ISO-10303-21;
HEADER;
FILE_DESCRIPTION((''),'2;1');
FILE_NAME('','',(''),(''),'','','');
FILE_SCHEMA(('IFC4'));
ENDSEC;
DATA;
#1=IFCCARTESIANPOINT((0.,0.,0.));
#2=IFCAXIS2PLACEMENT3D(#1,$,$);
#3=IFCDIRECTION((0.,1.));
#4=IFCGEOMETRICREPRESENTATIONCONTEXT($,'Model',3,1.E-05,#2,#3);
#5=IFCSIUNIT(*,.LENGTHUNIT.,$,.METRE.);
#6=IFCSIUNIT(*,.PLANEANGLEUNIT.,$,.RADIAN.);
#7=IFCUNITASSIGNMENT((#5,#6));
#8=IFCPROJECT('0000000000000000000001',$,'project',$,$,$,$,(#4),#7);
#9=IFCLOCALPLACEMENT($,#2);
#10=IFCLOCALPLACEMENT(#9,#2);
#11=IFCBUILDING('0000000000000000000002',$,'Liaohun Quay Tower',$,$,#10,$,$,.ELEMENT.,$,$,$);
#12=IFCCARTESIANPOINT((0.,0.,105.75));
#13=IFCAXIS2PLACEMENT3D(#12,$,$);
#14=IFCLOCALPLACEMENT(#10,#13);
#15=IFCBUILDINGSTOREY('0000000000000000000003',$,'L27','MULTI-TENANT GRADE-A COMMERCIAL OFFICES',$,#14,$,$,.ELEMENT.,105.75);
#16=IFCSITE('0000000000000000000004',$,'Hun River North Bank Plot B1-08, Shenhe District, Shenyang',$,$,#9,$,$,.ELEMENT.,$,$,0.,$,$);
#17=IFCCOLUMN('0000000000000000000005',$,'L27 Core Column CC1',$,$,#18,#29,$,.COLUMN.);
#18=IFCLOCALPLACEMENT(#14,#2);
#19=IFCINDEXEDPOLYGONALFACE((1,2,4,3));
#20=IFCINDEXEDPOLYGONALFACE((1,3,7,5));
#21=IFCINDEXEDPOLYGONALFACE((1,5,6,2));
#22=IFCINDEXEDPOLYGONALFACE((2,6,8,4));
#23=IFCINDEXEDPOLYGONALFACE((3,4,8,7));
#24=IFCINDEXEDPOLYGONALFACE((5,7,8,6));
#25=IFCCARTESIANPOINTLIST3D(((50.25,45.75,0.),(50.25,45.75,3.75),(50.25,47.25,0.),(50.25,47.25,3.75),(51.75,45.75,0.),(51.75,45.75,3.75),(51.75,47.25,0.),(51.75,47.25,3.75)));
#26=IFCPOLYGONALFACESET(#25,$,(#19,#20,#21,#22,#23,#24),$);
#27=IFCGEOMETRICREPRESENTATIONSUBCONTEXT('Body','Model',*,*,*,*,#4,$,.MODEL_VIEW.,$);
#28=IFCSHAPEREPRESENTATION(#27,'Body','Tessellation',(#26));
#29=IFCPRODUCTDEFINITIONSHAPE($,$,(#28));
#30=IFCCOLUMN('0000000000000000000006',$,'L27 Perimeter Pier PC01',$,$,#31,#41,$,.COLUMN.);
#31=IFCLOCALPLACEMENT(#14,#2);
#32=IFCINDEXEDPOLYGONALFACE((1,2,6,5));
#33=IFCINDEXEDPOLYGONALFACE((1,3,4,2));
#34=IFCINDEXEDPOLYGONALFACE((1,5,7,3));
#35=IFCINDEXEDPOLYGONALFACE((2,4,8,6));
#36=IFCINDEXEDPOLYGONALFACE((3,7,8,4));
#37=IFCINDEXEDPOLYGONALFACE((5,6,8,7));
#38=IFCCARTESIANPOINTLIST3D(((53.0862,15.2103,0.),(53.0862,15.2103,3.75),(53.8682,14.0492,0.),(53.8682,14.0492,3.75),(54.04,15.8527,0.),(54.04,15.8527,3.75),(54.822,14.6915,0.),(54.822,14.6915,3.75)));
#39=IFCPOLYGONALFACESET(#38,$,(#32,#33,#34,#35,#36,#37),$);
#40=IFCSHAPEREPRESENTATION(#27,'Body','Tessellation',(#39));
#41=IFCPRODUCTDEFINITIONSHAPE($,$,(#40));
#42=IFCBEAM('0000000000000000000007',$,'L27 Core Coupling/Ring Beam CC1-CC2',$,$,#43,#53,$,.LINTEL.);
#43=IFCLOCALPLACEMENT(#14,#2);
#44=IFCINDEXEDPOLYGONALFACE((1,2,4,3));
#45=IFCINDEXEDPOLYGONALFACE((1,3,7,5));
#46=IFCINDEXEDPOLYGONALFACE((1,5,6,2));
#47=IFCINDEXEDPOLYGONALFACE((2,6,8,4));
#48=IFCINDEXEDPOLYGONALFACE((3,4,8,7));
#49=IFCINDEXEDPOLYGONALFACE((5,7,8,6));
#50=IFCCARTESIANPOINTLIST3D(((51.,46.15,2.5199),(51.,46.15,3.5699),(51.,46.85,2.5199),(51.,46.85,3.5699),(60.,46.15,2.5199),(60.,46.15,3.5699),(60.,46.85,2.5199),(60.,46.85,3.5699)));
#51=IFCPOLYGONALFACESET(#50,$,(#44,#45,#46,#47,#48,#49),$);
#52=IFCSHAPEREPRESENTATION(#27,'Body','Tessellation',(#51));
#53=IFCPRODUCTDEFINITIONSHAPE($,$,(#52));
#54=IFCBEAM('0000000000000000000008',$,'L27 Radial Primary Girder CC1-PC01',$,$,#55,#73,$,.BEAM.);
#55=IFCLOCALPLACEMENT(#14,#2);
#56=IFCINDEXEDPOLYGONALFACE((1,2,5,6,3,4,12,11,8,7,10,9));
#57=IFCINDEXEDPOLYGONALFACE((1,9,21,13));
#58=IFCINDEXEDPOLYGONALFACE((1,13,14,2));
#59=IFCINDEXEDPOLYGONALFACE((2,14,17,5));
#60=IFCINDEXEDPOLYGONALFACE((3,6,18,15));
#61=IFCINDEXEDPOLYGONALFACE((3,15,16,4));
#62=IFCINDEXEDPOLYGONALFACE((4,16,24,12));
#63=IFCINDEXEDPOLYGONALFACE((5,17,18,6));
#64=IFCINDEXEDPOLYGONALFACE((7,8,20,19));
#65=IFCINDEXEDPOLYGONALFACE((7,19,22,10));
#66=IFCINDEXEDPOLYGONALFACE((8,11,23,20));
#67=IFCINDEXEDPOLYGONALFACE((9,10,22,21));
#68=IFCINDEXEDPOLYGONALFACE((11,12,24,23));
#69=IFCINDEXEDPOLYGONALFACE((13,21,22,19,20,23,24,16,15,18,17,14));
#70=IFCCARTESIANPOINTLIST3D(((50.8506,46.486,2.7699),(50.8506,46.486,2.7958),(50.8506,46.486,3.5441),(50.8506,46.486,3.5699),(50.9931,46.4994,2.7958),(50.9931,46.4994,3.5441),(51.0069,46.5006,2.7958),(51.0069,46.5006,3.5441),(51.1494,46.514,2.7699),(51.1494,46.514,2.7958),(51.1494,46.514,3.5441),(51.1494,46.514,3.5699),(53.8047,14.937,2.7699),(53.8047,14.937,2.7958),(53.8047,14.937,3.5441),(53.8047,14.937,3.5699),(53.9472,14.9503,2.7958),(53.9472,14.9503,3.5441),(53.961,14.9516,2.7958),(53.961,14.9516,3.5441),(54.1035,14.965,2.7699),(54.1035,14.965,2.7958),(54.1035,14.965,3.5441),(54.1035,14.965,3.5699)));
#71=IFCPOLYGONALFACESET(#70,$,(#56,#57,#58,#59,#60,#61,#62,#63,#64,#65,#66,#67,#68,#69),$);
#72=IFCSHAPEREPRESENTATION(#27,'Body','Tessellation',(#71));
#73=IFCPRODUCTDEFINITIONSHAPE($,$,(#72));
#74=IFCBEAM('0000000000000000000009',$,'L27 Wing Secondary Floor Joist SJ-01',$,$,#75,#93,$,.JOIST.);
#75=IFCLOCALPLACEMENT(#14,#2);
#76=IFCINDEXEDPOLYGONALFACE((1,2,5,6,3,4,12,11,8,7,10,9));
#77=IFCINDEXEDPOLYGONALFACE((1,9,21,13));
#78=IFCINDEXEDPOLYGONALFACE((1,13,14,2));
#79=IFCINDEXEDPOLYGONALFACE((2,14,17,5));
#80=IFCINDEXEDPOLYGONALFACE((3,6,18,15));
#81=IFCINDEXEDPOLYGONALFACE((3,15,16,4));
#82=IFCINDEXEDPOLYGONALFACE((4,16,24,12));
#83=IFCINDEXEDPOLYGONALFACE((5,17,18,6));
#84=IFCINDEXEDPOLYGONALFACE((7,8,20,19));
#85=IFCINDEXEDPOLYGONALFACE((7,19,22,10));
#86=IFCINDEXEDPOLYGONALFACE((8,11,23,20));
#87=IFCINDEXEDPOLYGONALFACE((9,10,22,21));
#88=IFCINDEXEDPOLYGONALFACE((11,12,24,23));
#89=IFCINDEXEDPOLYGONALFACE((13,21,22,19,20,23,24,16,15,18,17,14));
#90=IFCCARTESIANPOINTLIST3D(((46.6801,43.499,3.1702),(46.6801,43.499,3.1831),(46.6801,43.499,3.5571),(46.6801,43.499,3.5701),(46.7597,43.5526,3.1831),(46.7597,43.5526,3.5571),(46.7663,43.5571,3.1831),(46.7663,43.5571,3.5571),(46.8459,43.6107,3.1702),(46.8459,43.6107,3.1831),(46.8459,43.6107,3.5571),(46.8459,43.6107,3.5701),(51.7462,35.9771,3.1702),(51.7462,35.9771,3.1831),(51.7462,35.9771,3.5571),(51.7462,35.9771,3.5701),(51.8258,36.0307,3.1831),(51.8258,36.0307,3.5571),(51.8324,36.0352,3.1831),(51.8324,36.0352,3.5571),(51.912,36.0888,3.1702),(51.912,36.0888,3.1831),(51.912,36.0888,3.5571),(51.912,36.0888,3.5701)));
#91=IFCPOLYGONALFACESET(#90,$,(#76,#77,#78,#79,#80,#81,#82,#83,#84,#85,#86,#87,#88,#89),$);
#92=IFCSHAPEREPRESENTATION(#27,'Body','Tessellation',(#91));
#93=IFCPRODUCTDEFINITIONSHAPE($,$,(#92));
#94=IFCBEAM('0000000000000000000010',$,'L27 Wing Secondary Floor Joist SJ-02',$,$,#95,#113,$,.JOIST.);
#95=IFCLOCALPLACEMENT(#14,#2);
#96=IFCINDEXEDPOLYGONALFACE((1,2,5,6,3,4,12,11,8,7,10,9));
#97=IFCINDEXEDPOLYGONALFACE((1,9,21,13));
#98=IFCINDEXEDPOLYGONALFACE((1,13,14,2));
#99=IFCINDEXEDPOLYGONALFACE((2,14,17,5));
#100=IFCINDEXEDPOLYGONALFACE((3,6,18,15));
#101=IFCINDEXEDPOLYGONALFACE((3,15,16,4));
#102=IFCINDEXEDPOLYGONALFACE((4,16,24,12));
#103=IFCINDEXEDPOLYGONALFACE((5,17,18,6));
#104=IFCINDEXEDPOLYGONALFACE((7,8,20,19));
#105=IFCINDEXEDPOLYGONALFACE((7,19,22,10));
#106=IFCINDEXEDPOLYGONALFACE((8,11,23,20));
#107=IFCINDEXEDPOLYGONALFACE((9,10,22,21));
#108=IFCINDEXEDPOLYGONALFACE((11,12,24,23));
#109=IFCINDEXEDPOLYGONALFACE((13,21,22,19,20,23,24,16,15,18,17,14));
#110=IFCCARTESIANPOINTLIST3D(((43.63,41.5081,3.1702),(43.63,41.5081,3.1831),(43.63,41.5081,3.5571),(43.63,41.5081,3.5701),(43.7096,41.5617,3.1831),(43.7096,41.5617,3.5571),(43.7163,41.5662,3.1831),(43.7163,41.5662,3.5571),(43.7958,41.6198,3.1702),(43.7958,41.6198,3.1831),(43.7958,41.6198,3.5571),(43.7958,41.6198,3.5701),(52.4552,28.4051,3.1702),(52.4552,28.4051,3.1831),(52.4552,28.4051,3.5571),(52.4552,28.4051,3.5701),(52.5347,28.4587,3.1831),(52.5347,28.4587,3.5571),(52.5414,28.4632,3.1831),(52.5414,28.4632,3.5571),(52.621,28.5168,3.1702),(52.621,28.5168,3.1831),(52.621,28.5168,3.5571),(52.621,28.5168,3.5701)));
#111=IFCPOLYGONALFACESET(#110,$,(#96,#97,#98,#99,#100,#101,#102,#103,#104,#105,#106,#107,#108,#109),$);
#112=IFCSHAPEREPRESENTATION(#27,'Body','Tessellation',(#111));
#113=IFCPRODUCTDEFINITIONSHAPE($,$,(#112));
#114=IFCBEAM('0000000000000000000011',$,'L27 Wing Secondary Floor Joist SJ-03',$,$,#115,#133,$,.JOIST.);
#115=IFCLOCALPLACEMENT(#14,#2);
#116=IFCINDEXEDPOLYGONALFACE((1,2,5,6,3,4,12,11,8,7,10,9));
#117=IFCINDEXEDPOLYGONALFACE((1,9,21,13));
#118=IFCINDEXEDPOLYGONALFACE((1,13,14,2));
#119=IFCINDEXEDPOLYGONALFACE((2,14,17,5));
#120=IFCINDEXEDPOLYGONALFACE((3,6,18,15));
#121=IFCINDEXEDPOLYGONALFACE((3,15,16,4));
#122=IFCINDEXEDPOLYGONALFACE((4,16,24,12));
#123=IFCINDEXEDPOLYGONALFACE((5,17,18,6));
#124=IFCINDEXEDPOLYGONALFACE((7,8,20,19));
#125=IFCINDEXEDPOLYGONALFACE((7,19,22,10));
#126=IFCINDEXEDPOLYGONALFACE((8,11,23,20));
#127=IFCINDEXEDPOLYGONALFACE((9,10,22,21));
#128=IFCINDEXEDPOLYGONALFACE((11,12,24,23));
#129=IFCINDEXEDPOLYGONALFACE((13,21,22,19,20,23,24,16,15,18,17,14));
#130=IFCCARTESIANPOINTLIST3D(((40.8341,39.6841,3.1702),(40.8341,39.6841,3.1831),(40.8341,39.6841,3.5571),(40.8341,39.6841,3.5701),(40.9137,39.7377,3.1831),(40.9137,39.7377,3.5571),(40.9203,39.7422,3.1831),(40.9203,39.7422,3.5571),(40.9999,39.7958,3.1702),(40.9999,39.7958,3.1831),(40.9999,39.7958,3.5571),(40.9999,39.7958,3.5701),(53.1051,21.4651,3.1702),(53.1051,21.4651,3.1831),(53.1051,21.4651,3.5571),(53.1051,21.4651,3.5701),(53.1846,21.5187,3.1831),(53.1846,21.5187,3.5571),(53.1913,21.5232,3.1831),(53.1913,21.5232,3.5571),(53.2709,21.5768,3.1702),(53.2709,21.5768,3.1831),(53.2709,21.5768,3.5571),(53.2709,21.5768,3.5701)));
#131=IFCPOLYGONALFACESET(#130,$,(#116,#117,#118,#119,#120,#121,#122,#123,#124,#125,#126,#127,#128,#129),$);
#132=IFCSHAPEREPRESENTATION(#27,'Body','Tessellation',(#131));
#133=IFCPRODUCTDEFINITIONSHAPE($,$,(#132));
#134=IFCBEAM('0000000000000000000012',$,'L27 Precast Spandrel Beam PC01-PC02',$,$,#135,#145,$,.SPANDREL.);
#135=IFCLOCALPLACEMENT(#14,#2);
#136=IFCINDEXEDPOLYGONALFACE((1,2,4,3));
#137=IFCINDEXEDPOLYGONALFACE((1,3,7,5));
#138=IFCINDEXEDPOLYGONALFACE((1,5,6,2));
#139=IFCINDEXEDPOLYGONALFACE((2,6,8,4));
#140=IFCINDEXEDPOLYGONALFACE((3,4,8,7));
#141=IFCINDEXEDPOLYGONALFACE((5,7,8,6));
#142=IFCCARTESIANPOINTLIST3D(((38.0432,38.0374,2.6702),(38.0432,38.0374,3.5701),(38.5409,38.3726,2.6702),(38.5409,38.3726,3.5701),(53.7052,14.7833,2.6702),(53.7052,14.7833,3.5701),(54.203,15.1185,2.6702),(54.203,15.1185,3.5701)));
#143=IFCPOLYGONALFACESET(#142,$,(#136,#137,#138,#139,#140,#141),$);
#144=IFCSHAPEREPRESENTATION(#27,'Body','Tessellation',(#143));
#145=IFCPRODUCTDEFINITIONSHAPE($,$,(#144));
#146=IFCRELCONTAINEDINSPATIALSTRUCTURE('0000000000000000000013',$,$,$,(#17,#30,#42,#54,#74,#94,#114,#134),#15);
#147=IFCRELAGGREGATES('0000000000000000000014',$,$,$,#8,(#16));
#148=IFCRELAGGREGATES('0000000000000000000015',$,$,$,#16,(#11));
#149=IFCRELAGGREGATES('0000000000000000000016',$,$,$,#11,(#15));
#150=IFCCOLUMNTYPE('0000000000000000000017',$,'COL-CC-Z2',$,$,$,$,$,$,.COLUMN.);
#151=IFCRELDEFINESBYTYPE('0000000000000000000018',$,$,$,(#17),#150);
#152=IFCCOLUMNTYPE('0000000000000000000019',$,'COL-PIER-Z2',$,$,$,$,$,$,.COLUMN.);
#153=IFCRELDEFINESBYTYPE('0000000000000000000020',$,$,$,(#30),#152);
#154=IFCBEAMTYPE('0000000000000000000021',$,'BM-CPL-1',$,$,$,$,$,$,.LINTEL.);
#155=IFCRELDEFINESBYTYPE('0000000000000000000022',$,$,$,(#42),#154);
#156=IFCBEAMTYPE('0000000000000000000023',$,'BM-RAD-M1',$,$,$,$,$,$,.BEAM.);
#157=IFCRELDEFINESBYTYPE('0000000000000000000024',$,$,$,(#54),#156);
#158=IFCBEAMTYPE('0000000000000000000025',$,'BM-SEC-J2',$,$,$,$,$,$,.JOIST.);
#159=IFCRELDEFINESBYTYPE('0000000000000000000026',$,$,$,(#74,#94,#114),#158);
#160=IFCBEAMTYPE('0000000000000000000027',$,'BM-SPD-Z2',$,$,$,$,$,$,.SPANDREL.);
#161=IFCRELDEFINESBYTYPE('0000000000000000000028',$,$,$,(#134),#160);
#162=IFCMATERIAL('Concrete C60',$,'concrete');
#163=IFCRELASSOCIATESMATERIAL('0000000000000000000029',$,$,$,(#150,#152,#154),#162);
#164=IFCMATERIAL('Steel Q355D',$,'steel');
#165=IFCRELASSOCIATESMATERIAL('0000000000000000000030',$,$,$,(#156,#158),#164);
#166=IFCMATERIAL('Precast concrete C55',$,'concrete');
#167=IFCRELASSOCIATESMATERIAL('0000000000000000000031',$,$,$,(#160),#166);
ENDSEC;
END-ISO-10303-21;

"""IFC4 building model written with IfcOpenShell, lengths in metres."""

from ifc_helpers import new_model, si_unit, direction, frame, origin, origin_2d, place, context, subcontext, project, spatial, rectangle, i_section, extrude, source, transform, mapped, material, material_profile, profile_set, type_object, element, save


model = new_model("IFC4")

# Units and contexts
model_context = context("Model", 3, precision=1e-05, world=origin(), true_north=direction((0.0, 1.0)))
body_context = subcontext(model_context, "Body", "Model", "MODEL_VIEW")
ifc_project = project(units=[si_unit("LENGTHUNIT", "METRE"), si_unit("PLANEANGLEUNIT", "RADIAN")], contexts=[model_context])

# Site, building, storey
site_placement = place(None, origin())
site = spatial("IfcSite", under=ifc_project, at=site_placement, Name="Hun River North Bank Plot B1-08, Shenhe District, Shenyang", CompositionType="ELEMENT", RefElevation=0.0)
building_placement = place(site_placement, origin())
building = spatial("IfcBuilding", under=site, at=building_placement, Name="Liaohun Quay Tower", CompositionType="ELEMENT")
storey_placement = place(building_placement, frame((0.0, 0.0, 105.75)))
storey = spatial("IfcBuildingStorey", under=building, at=storey_placement, Name="L27", Description="MULTI-TENANT GRADE-A COMMERCIAL OFFICES", CompositionType="ELEMENT", Elevation=105.75)

# Columns
ifc_material_1 = material(Name="Concrete C60", Category="concrete")
ifc_material_profile_1 = material_profile(ifc_material_1, rectangle(XDim=1.5, YDim=1.5, at=origin_2d()), Name="RC1500x1500")
ifc_profile_set_1 = profile_set([ifc_material_profile_1], Name="Concrete C60")
column_type_1 = type_object("IfcColumnType", Name="COL-CC-Z2", PredefinedType="COLUMN", material=ifc_profile_set_1)
shared_shape_1 = source(origin(), body_context, "Body", "SweptSolid", [
    extrude(rectangle(XDim=1.5, YDim=1.5, at=origin_2d()), origin(), (0.0, 0.0, 1.0), 3.75),
])
column_1_placement = place(storey_placement, frame((51.0, 46.5, 0.0), z_axis=(0.0, 0.0, 1.0), x_axis=(1.0, 0.0, 0.0)))
element("IfcColumn", 1, at=column_1_placement, inside=storey, type_object=column_type_1, Name="L27 Core Column CC1", PredefinedType="COLUMN", context=body_context, shape_type="MappedRepresentation", body=[
    mapped(shared_shape_1, transform((0.0, 0.0, 0.0), x_axis=(1.0, 0.0, 0.0), y_axis=(0.0, 1.0, 0.0), z_axis=(0.0, 0.0, 1.0), scale=1.0)),
])
ifc_material_profile_2 = material_profile(ifc_material_1, rectangle(XDim=1.3999, YDim=1.1499, at=origin_2d()), Name="RC1400x1150")
ifc_profile_set_2 = profile_set([ifc_material_profile_2], Name="Concrete C60")
column_type_2 = type_object("IfcColumnType", Name="COL-PIER-Z2", PredefinedType="COLUMN", material=ifc_profile_set_2)
shared_shape_2 = source(origin(), body_context, "Body", "SweptSolid", [
    extrude(rectangle(XDim=1.3999, YDim=1.1499, at=origin_2d()), origin(), (0.0, 0.0, 1.0), 3.75),
])
column_2_placement = place(storey_placement, frame((53.9541, 14.9509, 0.0), z_axis=(0.0, 0.0, 1.0), x_axis=(-0.558614, 0.829428, 0.0)))
element("IfcColumn", 2, at=column_2_placement, inside=storey, type_object=column_type_2, Name="L27 Perimeter Pier PC01", PredefinedType="COLUMN", context=body_context, shape_type="MappedRepresentation", body=[
    mapped(shared_shape_2, transform((0.0, 0.0, 0.0), x_axis=(1.0, 0.0, 0.0), y_axis=(0.0, 1.0, 0.0), z_axis=(0.0, 0.0, 1.0), scale=1.0)),
])

# Beams
ifc_material_profile_3 = material_profile(ifc_material_1, rectangle(XDim=0.7, YDim=1.05, at=origin_2d()), Name="RC700x1050")
ifc_profile_set_3 = profile_set([ifc_material_profile_3], Name="Concrete C60")
beam_type_1 = type_object("IfcBeamType", Name="BM-CPL-1", PredefinedType="LINTEL", material=ifc_profile_set_3)
shared_shape_3 = source(origin(), body_context, "Body", "SweptSolid", [
    extrude(rectangle(XDim=0.7, YDim=1.05, at=origin_2d()), origin(), (0.0, 0.0, 1.0), 9.0),
])
beam_1_placement = place(storey_placement, frame((51.0, 46.5, 3.0449), z_axis=(1.0, 0.0, 0.0), x_axis=(0.0, 1.0, 0.0)))
element("IfcBeam", 3, at=beam_1_placement, inside=storey, type_object=beam_type_1, Name="L27 Core Coupling/Ring Beam CC1-CC2", PredefinedType="LINTEL", context=body_context, shape_type="MappedRepresentation", body=[
    mapped(shared_shape_3, transform((0.0, 0.0, 0.0), x_axis=(1.0, 0.0, 0.0), y_axis=(0.0, 1.0, 0.0), z_axis=(0.0, 0.0, 1.0), scale=1.0)),
])
ifc_material_2 = material(Name="Steel Q355D", Category="steel")
ifc_material_profile_4 = material_profile(ifc_material_2, i_section(OverallWidth=0.3, OverallDepth=0.8, WebThickness=0.0139, FlangeThickness=0.0259, at=origin_2d()), Name="HN800x300x14x26")
ifc_profile_set_4 = profile_set([ifc_material_profile_4], Name="Steel Q355D")
beam_type_2 = type_object("IfcBeamType", Name="BM-RAD-M1", PredefinedType="BEAM", material=ifc_profile_set_4)
shared_shape_4 = source(origin(), body_context, "Body", "SweptSolid", [
    extrude(i_section(OverallWidth=0.3, OverallDepth=0.8, WebThickness=0.0139, FlangeThickness=0.0259, at=origin_2d()), origin(), (0.0, 0.0, 1.0), 31.687),
])
beam_2_placement = place(storey_placement, frame((51.0, 46.5, 3.1699), z_axis=(0.093227, -0.995645, 0.0), x_axis=(0.995645, 0.093227, 0.0)))
element("IfcBeam", 4, at=beam_2_placement, inside=storey, type_object=beam_type_2, Name="L27 Radial Primary Girder CC1-PC01", PredefinedType="BEAM", context=body_context, shape_type="MappedRepresentation", body=[
    mapped(shared_shape_4, transform((0.0, 0.0, 0.0), x_axis=(1.0, 0.0, 0.0), y_axis=(0.0, 1.0, 0.0), z_axis=(0.0, 0.0, 1.0), scale=1.0)),
])
ifc_material_profile_5 = material_profile(ifc_material_2, i_section(OverallWidth=0.2, OverallDepth=0.3999, WebThickness=0.0081, FlangeThickness=0.0129, at=origin_2d()), Name="HN400x200x8x13")
ifc_profile_set_5 = profile_set([ifc_material_profile_5], Name="Steel Q355D")
beam_type_3 = type_object("IfcBeamType", Name="BM-SEC-J2", PredefinedType="JOIST", material=ifc_profile_set_5)
shared_shape_5 = source(origin(), body_context, "Body", "SweptSolid", [
    extrude(i_section(OverallWidth=0.2, OverallDepth=0.3999, WebThickness=0.0081, FlangeThickness=0.0129, at=origin_2d()), origin(), (0.0, 0.0, 1.0), 9.0688),
])
beam_3_placement = place(storey_placement, frame((51.8291, 36.033, 3.3701), z_axis=(-0.558626, 0.829419, 0.0), x_axis=(-0.829419, -0.558626, 0.0)))
element("IfcBeam", 5, at=beam_3_placement, inside=storey, type_object=beam_type_3, Name="L27 Wing Secondary Floor Joist SJ-01", PredefinedType="JOIST", context=body_context, shape_type="MappedRepresentation", body=[
    mapped(shared_shape_5, transform((0.0, 0.0, 0.0), x_axis=(1.0, 0.0, 0.0), y_axis=(0.0, 1.0, 0.0), z_axis=(0.0, 0.0, 1.0), scale=1.0)),
])
shared_shape_6 = source(origin(), body_context, "Body", "SweptSolid", [
    extrude(i_section(OverallWidth=0.2, OverallDepth=0.3999, WebThickness=0.0081, FlangeThickness=0.0129, at=origin_2d()), origin(), (0.0, 0.0, 1.0), 15.7979),
])
beam_4_placement = place(storey_placement, frame((52.5381, 28.4609, 3.3701), z_axis=(-0.558631, 0.829416, 0.0), x_axis=(-0.829416, -0.558631, 0.0)))
element("IfcBeam", 6, at=beam_4_placement, inside=storey, type_object=beam_type_3, Name="L27 Wing Secondary Floor Joist SJ-02", PredefinedType="JOIST", context=body_context, shape_type="MappedRepresentation", body=[
    mapped(shared_shape_6, transform((0.0, 0.0, 0.0), x_axis=(1.0, 0.0, 0.0), y_axis=(0.0, 1.0, 0.0), z_axis=(0.0, 0.0, 1.0), scale=1.0)),
])
shared_shape_7 = source(origin(), body_context, "Body", "SweptSolid", [
    extrude(i_section(OverallWidth=0.2, OverallDepth=0.3999, WebThickness=0.0081, FlangeThickness=0.0129, at=origin_2d()), origin(), (0.0, 0.0, 1.0), 21.9661),
])
beam_5_placement = place(storey_placement, frame((53.188, 21.521, 3.3701), z_axis=(-0.558634, 0.829415, 0.0), x_axis=(-0.829415, -0.558634, 0.0)))
element("IfcBeam", 7, at=beam_5_placement, inside=storey, type_object=beam_type_3, Name="L27 Wing Secondary Floor Joist SJ-03", PredefinedType="JOIST", context=body_context, shape_type="MappedRepresentation", body=[
    mapped(shared_shape_7, transform((0.0, 0.0, 0.0), x_axis=(1.0, 0.0, 0.0), y_axis=(0.0, 1.0, 0.0), z_axis=(0.0, 0.0, 1.0), scale=1.0)),
])
ifc_material_3 = material(Name="Precast concrete C55", Category="concrete")
ifc_material_profile_6 = material_profile(ifc_material_3, rectangle(XDim=0.6001, YDim=0.8999, at=origin_2d()), Name="RC600x900")
ifc_profile_set_6 = profile_set([ifc_material_profile_6], Name="Precast concrete C55")
beam_type_4 = type_object("IfcBeamType", Name="BM-SPD-Z2", PredefinedType="SPANDREL", material=ifc_profile_set_6)
shared_shape_8 = source(origin(), body_context, "Body", "SweptSolid", [
    extrude(rectangle(XDim=0.6001, YDim=0.8999, at=origin_2d()), origin(), (0.0, 0.0, 1.0), 28.0366),
])
beam_6_placement = place(storey_placement, frame((53.9541, 14.9509, 3.1201), z_axis=(-0.558629, 0.829418, 0.0), x_axis=(-0.829418, -0.558629, 0.0)))
element("IfcBeam", 8, at=beam_6_placement, inside=storey, type_object=beam_type_4, Name="L27 Precast Spandrel Beam PC01-PC02", PredefinedType="SPANDREL", context=body_context, shape_type="MappedRepresentation", body=[
    mapped(shared_shape_8, transform((0.0, 0.0, 0.0), x_axis=(1.0, 0.0, 0.0), y_axis=(0.0, 1.0, 0.0), z_axis=(0.0, 0.0, 1.0), scale=1.0)),
])

save(model, "model.ifc")
